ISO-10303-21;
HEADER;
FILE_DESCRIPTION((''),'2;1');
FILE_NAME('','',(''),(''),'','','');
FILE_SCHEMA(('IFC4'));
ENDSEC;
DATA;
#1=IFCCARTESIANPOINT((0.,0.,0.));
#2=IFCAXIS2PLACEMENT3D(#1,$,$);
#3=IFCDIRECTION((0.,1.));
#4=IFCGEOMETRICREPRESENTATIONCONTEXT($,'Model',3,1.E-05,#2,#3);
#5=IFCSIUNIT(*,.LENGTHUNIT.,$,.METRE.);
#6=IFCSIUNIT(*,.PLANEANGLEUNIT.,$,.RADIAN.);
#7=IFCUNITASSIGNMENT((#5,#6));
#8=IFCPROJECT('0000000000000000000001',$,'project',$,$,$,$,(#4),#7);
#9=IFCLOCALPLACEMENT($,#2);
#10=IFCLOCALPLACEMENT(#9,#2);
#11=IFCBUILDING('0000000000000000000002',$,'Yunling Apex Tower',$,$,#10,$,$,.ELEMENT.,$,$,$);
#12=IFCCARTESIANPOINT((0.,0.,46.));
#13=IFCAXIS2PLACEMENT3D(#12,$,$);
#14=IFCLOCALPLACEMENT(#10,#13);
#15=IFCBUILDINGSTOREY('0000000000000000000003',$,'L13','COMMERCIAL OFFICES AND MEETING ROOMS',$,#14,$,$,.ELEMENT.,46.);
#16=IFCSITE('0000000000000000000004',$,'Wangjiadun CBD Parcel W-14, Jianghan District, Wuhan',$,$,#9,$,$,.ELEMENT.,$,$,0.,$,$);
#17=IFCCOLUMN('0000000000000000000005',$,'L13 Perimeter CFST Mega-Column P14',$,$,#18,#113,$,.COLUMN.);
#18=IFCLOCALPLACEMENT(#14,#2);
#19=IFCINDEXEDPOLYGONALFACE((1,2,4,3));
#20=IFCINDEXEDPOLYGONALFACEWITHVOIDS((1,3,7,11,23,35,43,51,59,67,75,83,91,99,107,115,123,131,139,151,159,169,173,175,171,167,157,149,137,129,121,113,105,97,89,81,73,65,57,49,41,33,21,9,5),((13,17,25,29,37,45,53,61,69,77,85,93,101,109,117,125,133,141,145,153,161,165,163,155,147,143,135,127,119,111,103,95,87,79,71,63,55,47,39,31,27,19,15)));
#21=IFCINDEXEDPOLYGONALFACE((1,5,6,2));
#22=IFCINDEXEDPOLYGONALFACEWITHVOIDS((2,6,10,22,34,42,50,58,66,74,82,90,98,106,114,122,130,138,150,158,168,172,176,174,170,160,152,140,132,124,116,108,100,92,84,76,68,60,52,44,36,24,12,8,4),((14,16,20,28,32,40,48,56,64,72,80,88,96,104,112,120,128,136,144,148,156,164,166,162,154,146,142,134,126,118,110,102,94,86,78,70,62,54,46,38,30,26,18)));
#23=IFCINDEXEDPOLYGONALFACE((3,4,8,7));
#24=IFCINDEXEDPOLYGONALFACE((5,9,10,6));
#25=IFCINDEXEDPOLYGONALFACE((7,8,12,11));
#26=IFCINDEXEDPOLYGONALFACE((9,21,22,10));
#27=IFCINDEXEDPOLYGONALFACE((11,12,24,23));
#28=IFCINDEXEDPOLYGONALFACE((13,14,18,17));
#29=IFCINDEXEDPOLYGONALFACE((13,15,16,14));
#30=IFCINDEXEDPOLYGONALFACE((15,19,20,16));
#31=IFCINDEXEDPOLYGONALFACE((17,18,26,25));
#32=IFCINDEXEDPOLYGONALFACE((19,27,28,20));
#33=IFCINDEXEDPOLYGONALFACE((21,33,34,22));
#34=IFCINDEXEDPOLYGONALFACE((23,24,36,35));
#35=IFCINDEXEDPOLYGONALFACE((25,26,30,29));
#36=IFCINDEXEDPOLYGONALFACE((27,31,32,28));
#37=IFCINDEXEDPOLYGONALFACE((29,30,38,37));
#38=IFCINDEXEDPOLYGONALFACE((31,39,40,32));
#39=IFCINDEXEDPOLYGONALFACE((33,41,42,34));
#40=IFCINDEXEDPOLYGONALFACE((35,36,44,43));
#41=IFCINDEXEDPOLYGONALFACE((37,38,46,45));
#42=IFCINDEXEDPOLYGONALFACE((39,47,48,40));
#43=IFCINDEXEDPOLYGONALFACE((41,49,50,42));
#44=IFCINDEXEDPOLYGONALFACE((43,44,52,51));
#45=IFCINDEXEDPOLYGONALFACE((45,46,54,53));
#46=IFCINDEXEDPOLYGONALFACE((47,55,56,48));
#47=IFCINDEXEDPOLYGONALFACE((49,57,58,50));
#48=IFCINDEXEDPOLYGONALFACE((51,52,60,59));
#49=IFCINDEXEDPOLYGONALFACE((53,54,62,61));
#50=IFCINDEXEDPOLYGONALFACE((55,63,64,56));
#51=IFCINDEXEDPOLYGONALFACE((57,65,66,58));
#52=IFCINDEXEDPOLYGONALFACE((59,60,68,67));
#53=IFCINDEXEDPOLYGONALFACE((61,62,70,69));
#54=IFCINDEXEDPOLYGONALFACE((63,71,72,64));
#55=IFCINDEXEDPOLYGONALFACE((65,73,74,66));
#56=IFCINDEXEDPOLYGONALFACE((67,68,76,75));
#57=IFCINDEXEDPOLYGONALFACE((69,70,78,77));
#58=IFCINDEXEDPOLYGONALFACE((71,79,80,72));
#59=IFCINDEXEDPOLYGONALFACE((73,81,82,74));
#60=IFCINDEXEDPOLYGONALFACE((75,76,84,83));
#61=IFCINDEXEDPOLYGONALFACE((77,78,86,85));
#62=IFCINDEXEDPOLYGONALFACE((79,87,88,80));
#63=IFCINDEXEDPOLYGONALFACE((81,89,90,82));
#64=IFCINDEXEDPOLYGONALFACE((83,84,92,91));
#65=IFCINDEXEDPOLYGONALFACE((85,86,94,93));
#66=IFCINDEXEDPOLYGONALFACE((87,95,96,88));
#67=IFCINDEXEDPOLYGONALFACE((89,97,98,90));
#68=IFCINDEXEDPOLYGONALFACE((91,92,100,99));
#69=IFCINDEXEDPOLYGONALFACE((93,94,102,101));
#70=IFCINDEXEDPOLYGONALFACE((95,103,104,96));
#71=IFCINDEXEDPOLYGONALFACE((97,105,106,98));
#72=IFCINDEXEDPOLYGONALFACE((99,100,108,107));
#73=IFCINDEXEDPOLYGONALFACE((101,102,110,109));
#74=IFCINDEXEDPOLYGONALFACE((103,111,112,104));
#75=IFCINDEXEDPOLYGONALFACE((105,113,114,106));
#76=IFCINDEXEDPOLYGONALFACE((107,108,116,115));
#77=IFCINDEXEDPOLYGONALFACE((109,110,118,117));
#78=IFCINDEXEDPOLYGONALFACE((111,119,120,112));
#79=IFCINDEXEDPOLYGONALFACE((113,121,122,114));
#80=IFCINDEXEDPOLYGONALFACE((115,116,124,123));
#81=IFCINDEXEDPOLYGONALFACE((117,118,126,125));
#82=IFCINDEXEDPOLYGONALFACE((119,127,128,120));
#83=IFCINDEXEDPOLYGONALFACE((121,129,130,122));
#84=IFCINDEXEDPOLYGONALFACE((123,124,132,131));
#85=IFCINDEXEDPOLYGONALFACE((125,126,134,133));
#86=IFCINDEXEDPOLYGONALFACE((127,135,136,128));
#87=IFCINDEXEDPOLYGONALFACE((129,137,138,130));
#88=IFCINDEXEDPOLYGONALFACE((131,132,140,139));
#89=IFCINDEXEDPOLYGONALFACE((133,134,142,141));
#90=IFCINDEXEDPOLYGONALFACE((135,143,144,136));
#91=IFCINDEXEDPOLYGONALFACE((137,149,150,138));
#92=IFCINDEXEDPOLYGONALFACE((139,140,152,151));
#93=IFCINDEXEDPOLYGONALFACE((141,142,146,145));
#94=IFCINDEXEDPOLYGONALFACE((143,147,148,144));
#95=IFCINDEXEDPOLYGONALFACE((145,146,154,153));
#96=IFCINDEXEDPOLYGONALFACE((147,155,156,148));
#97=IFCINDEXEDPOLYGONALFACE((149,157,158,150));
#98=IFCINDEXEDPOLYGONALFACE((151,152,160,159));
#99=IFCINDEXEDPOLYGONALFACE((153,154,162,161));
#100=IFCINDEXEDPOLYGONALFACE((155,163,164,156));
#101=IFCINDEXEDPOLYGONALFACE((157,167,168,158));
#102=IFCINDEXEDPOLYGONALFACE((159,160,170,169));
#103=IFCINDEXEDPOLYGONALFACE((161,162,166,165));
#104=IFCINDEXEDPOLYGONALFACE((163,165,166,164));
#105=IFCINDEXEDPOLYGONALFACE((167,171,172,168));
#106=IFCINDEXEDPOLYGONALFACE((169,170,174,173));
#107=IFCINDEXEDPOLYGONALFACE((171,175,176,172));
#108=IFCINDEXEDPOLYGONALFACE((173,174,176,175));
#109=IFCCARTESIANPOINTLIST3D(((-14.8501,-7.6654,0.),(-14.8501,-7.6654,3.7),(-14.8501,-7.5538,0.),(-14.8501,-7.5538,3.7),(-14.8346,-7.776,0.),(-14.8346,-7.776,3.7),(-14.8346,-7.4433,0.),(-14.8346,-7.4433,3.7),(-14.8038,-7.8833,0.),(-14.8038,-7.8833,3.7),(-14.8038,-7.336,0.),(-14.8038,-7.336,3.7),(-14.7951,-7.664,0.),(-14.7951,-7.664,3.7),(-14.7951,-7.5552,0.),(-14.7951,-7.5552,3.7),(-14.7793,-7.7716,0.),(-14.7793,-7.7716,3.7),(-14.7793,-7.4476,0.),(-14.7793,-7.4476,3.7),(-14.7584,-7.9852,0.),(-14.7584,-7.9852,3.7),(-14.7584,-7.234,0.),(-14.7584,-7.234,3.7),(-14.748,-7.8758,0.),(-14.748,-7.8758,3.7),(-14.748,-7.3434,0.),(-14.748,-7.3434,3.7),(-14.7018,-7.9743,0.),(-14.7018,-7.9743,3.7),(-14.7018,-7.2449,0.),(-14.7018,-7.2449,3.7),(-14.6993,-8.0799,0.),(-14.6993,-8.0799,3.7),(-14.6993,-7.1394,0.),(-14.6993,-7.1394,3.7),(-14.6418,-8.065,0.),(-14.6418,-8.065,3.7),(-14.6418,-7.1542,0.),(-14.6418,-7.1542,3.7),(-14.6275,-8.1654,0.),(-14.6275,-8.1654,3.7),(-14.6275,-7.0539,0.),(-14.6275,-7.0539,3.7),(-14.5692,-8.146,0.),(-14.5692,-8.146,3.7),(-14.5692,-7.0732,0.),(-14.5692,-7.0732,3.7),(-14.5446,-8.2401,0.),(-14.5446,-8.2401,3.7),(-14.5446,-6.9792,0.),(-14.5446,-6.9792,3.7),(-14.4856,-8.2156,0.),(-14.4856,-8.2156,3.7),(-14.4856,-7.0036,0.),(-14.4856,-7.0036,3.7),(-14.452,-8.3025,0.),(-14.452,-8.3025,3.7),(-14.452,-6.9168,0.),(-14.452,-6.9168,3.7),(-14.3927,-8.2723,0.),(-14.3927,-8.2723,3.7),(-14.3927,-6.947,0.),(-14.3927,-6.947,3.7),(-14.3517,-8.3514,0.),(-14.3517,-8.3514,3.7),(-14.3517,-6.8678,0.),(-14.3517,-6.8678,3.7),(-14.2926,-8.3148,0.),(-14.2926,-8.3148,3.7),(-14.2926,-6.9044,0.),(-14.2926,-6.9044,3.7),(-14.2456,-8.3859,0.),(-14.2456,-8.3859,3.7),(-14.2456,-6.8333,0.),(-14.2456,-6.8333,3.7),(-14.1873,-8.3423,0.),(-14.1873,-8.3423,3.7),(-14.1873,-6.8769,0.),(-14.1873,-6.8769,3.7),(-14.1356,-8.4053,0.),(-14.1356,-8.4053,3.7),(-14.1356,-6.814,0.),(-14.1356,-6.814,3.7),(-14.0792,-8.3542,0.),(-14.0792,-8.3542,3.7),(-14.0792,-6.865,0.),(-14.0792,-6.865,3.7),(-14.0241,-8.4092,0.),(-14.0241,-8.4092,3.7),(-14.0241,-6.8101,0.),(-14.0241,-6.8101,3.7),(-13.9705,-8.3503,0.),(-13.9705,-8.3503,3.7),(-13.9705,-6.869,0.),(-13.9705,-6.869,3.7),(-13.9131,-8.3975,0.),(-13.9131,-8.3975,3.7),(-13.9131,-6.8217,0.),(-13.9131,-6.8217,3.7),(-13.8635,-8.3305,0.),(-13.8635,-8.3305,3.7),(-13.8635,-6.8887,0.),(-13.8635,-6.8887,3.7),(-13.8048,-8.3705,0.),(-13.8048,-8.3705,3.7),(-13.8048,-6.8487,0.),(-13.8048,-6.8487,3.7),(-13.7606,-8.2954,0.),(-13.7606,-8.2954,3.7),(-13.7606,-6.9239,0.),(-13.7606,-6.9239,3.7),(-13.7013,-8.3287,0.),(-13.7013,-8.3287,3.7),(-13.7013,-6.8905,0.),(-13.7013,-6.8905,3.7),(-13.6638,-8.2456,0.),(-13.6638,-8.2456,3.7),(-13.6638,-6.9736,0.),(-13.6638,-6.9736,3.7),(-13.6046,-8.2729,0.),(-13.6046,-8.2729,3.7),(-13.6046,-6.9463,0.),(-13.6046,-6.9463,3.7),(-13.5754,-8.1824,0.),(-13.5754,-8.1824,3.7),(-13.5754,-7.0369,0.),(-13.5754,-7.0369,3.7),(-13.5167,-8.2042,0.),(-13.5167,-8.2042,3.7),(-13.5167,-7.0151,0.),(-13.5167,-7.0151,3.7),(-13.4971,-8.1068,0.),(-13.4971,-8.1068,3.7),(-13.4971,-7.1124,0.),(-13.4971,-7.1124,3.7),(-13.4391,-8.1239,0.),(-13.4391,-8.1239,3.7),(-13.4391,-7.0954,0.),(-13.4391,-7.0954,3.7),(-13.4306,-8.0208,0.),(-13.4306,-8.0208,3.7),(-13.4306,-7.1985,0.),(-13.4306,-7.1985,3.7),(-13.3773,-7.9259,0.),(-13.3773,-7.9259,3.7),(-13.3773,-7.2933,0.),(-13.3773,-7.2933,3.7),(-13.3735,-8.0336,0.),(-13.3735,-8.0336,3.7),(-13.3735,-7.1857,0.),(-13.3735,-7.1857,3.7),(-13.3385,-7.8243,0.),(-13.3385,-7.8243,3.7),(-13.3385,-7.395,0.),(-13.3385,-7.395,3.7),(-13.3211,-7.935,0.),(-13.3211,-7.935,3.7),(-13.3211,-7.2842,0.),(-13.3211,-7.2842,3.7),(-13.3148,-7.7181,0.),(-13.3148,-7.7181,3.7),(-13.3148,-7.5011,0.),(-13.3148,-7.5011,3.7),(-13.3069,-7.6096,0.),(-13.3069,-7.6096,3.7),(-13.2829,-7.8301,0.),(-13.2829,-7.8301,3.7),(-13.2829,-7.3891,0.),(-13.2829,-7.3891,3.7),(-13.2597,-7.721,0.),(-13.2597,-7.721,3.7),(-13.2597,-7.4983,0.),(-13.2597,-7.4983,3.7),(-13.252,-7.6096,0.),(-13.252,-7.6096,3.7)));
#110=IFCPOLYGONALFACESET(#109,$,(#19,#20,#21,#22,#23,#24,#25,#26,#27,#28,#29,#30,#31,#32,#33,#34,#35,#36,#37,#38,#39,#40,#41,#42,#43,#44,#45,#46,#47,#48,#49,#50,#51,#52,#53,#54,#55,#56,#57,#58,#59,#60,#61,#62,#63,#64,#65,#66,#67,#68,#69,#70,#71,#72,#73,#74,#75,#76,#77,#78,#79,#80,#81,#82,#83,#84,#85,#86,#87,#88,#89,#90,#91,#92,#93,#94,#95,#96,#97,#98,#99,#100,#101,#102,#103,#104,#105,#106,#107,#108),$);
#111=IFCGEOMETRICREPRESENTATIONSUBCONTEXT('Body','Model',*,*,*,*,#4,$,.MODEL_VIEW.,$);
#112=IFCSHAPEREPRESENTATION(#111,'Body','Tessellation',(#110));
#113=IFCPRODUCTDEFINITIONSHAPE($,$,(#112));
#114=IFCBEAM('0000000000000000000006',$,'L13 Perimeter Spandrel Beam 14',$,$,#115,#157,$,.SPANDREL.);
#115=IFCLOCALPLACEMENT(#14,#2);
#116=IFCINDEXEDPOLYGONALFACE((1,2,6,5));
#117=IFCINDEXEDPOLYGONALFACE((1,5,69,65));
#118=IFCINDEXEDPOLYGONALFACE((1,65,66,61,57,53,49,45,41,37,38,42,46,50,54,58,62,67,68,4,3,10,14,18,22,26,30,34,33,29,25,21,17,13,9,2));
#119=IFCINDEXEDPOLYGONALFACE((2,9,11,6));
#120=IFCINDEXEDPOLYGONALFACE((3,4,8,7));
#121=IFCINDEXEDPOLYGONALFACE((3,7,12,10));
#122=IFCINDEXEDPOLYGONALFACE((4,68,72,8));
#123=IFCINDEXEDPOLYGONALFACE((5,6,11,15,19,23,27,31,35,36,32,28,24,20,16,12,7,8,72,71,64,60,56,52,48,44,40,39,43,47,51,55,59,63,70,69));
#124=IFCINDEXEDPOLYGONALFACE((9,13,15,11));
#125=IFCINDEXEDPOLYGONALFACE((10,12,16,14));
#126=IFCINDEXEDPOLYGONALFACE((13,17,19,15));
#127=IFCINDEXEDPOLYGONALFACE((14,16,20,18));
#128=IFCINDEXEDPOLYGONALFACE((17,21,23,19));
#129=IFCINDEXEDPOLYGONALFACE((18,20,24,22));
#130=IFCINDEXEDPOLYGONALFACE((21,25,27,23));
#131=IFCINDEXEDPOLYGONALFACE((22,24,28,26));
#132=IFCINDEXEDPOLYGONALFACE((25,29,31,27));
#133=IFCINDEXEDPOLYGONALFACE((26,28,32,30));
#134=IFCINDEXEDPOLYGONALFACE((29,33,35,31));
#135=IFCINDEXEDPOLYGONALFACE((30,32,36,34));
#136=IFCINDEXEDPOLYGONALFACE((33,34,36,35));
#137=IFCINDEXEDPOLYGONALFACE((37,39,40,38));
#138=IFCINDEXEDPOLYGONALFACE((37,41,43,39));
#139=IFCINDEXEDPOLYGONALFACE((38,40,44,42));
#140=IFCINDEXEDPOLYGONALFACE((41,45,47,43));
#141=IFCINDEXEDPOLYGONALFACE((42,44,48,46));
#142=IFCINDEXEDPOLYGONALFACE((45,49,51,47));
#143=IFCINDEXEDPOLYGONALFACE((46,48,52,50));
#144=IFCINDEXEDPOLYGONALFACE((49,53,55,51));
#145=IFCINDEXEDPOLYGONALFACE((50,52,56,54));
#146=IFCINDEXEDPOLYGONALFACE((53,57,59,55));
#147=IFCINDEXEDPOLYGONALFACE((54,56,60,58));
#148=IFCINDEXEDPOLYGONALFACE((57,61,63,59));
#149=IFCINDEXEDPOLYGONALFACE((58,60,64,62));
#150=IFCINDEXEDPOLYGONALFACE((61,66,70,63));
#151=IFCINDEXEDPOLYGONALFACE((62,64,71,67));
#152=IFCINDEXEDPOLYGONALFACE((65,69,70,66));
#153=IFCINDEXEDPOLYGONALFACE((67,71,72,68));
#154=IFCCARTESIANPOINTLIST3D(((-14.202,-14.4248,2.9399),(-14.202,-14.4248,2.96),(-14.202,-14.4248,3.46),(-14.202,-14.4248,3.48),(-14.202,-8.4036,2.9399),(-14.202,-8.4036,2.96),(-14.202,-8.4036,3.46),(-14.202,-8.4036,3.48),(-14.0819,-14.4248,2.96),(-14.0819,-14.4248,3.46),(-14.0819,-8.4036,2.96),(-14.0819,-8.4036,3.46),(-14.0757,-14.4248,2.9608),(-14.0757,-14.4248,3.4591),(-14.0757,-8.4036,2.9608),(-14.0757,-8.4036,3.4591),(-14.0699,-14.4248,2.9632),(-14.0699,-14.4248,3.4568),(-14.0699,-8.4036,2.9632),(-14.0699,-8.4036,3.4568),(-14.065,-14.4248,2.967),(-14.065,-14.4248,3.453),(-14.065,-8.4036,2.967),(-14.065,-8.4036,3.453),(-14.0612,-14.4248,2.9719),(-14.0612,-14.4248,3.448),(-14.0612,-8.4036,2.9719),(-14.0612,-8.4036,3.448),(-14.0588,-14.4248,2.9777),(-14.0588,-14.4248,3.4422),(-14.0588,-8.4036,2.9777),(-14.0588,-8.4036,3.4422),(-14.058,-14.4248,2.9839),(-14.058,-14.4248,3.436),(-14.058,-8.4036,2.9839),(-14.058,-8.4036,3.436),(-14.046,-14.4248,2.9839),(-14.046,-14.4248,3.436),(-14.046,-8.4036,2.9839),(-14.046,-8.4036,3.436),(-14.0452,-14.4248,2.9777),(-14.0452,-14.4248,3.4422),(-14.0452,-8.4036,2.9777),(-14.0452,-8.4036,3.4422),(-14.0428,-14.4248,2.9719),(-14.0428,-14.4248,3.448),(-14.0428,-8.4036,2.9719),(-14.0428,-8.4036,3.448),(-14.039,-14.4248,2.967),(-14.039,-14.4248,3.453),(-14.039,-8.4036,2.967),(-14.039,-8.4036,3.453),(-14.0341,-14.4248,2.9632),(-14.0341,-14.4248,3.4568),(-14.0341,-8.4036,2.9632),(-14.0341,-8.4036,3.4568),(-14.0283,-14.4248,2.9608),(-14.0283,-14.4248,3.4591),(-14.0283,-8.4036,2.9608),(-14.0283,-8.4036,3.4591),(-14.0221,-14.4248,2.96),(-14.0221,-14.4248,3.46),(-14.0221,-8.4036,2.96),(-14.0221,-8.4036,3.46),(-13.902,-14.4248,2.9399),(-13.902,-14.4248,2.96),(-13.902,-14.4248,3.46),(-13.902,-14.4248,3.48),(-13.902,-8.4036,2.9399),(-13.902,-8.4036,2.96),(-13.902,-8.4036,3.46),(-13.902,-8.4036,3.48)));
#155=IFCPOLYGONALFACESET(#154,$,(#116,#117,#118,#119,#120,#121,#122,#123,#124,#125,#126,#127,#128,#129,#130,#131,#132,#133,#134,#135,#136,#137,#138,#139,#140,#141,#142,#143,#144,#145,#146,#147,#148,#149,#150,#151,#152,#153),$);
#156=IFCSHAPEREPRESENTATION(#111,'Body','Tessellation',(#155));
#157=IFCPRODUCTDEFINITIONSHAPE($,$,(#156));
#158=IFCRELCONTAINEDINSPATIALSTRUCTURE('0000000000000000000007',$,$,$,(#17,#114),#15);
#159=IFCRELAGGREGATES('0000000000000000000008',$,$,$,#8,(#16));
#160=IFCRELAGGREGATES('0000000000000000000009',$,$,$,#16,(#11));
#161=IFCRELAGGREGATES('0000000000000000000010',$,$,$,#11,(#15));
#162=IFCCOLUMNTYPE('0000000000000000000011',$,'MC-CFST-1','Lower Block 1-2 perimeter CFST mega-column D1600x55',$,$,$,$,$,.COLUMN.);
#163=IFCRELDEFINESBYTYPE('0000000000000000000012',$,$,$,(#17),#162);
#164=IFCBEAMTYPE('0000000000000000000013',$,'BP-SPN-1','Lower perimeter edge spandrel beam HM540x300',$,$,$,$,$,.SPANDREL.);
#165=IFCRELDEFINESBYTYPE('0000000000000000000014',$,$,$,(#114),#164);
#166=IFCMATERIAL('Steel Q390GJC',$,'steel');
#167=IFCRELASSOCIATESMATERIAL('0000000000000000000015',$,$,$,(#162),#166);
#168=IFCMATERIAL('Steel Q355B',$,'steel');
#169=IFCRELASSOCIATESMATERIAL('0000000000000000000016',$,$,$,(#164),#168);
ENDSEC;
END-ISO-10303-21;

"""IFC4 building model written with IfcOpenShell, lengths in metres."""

from ifc_helpers import new_model, si_unit, direction, frame, origin, origin_2d, place, context, subcontext, project, spatial, hollow_circle, i_section, extrude, source, transform, mapped, material, material_profile, profile_set, type_object, element, save


model = new_model("IFC4")

# Units and contexts
model_context = context("Model", 3, precision=1e-05, world=origin(), true_north=direction((0.0, 1.0)))
body_context = subcontext(model_context, "Body", "Model", "MODEL_VIEW")
ifc_project = project(units=[si_unit("LENGTHUNIT", "METRE"), si_unit("PLANEANGLEUNIT", "RADIAN")], contexts=[model_context])

# Site, building, storey
site_placement = place(None, origin())
site = spatial("IfcSite", under=ifc_project, at=site_placement, Name="Wangjiadun CBD Parcel W-14, Jianghan District, Wuhan", CompositionType="ELEMENT", RefElevation=0.0)
building_placement = place(site_placement, origin())
building = spatial("IfcBuilding", under=site, at=building_placement, Name="Yunling Apex Tower", CompositionType="ELEMENT")
storey_placement = place(building_placement, frame((0.0, 0.0, 46.0)))
storey = spatial("IfcBuildingStorey", under=building, at=storey_placement, Name="L13", Description="COMMERCIAL OFFICES AND MEETING ROOMS", CompositionType="ELEMENT", Elevation=46.0)

# Column
ifc_material_1 = material(Name="Steel Q390GJC", Category="steel")
ifc_material_profile_1 = material_profile(ifc_material_1, hollow_circle(Radius=0.8, WallThickness=0.0549, at=origin_2d()))
ifc_profile_set_1 = profile_set([ifc_material_profile_1], Name="Steel Q390GJC")
column_type = type_object("IfcColumnType", Name="MC-CFST-1", Description="Lower Block 1-2 perimeter CFST mega-column D1600x55", PredefinedType="COLUMN", material=ifc_profile_set_1)
shared_shape_1 = source(origin(), body_context, "Body", "SweptSolid", [
    extrude(hollow_circle(Radius=0.8, WallThickness=0.0549, at=origin_2d()), origin(), (0.0, 0.0, 1.0), 3.7),
])
column_placement = place(storey_placement, frame((-14.052, -7.6096, 0.0), z_axis=(0.0, 0.0, 1.0), x_axis=(1.0, 0.0, 0.0)))
element("IfcColumn", 1, at=column_placement, inside=storey, type_object=column_type, Name="L13 Perimeter CFST Mega-Column P14", PredefinedType="COLUMN", context=body_context, shape_type="MappedRepresentation", body=[
    mapped(shared_shape_1, transform((0.0, 0.0, 0.0), scale=1.0)),
])

# Beam
ifc_material_2 = material(Name="Steel Q355B", Category="steel")
ifc_material_profile_2 = material_profile(ifc_material_2, i_section(OverallWidth=0.3, OverallDepth=0.54, WebThickness=0.012, FlangeThickness=0.02, FilletRadius=0.0239, at=origin_2d()))
ifc_profile_set_2 = profile_set([ifc_material_profile_2], Name="Steel Q355B")
beam_type_1 = type_object("IfcBeamType", Name="BP-SPN-1", Description="Lower perimeter edge spandrel beam HM540x300", PredefinedType="SPANDREL", material=ifc_profile_set_2)
shared_shape_2 = source(origin(), body_context, "Body", "SweptSolid", [
    extrude(i_section(OverallWidth=0.3, OverallDepth=0.54, WebThickness=0.012, FlangeThickness=0.02, FilletRadius=0.0239, at=origin_2d()), origin(), (0.0, 0.0, 1.0), 6.0212),
])
beam_1_placement = place(storey_placement, frame((-14.052, -8.4036, 3.21), z_axis=(0.0, -1.0, 0.0), x_axis=(1.0, 0.0, 0.0)))
element("IfcBeam", 2, at=beam_1_placement, inside=storey, type_object=beam_type_1, Name="L13 Perimeter Spandrel Beam 14", PredefinedType="SPANDREL", context=body_context, shape_type="MappedRepresentation", body=[
    mapped(shared_shape_2, transform((0.0, 0.0, 0.0), scale=1.0)),
])

save(model, "model.ifc")
